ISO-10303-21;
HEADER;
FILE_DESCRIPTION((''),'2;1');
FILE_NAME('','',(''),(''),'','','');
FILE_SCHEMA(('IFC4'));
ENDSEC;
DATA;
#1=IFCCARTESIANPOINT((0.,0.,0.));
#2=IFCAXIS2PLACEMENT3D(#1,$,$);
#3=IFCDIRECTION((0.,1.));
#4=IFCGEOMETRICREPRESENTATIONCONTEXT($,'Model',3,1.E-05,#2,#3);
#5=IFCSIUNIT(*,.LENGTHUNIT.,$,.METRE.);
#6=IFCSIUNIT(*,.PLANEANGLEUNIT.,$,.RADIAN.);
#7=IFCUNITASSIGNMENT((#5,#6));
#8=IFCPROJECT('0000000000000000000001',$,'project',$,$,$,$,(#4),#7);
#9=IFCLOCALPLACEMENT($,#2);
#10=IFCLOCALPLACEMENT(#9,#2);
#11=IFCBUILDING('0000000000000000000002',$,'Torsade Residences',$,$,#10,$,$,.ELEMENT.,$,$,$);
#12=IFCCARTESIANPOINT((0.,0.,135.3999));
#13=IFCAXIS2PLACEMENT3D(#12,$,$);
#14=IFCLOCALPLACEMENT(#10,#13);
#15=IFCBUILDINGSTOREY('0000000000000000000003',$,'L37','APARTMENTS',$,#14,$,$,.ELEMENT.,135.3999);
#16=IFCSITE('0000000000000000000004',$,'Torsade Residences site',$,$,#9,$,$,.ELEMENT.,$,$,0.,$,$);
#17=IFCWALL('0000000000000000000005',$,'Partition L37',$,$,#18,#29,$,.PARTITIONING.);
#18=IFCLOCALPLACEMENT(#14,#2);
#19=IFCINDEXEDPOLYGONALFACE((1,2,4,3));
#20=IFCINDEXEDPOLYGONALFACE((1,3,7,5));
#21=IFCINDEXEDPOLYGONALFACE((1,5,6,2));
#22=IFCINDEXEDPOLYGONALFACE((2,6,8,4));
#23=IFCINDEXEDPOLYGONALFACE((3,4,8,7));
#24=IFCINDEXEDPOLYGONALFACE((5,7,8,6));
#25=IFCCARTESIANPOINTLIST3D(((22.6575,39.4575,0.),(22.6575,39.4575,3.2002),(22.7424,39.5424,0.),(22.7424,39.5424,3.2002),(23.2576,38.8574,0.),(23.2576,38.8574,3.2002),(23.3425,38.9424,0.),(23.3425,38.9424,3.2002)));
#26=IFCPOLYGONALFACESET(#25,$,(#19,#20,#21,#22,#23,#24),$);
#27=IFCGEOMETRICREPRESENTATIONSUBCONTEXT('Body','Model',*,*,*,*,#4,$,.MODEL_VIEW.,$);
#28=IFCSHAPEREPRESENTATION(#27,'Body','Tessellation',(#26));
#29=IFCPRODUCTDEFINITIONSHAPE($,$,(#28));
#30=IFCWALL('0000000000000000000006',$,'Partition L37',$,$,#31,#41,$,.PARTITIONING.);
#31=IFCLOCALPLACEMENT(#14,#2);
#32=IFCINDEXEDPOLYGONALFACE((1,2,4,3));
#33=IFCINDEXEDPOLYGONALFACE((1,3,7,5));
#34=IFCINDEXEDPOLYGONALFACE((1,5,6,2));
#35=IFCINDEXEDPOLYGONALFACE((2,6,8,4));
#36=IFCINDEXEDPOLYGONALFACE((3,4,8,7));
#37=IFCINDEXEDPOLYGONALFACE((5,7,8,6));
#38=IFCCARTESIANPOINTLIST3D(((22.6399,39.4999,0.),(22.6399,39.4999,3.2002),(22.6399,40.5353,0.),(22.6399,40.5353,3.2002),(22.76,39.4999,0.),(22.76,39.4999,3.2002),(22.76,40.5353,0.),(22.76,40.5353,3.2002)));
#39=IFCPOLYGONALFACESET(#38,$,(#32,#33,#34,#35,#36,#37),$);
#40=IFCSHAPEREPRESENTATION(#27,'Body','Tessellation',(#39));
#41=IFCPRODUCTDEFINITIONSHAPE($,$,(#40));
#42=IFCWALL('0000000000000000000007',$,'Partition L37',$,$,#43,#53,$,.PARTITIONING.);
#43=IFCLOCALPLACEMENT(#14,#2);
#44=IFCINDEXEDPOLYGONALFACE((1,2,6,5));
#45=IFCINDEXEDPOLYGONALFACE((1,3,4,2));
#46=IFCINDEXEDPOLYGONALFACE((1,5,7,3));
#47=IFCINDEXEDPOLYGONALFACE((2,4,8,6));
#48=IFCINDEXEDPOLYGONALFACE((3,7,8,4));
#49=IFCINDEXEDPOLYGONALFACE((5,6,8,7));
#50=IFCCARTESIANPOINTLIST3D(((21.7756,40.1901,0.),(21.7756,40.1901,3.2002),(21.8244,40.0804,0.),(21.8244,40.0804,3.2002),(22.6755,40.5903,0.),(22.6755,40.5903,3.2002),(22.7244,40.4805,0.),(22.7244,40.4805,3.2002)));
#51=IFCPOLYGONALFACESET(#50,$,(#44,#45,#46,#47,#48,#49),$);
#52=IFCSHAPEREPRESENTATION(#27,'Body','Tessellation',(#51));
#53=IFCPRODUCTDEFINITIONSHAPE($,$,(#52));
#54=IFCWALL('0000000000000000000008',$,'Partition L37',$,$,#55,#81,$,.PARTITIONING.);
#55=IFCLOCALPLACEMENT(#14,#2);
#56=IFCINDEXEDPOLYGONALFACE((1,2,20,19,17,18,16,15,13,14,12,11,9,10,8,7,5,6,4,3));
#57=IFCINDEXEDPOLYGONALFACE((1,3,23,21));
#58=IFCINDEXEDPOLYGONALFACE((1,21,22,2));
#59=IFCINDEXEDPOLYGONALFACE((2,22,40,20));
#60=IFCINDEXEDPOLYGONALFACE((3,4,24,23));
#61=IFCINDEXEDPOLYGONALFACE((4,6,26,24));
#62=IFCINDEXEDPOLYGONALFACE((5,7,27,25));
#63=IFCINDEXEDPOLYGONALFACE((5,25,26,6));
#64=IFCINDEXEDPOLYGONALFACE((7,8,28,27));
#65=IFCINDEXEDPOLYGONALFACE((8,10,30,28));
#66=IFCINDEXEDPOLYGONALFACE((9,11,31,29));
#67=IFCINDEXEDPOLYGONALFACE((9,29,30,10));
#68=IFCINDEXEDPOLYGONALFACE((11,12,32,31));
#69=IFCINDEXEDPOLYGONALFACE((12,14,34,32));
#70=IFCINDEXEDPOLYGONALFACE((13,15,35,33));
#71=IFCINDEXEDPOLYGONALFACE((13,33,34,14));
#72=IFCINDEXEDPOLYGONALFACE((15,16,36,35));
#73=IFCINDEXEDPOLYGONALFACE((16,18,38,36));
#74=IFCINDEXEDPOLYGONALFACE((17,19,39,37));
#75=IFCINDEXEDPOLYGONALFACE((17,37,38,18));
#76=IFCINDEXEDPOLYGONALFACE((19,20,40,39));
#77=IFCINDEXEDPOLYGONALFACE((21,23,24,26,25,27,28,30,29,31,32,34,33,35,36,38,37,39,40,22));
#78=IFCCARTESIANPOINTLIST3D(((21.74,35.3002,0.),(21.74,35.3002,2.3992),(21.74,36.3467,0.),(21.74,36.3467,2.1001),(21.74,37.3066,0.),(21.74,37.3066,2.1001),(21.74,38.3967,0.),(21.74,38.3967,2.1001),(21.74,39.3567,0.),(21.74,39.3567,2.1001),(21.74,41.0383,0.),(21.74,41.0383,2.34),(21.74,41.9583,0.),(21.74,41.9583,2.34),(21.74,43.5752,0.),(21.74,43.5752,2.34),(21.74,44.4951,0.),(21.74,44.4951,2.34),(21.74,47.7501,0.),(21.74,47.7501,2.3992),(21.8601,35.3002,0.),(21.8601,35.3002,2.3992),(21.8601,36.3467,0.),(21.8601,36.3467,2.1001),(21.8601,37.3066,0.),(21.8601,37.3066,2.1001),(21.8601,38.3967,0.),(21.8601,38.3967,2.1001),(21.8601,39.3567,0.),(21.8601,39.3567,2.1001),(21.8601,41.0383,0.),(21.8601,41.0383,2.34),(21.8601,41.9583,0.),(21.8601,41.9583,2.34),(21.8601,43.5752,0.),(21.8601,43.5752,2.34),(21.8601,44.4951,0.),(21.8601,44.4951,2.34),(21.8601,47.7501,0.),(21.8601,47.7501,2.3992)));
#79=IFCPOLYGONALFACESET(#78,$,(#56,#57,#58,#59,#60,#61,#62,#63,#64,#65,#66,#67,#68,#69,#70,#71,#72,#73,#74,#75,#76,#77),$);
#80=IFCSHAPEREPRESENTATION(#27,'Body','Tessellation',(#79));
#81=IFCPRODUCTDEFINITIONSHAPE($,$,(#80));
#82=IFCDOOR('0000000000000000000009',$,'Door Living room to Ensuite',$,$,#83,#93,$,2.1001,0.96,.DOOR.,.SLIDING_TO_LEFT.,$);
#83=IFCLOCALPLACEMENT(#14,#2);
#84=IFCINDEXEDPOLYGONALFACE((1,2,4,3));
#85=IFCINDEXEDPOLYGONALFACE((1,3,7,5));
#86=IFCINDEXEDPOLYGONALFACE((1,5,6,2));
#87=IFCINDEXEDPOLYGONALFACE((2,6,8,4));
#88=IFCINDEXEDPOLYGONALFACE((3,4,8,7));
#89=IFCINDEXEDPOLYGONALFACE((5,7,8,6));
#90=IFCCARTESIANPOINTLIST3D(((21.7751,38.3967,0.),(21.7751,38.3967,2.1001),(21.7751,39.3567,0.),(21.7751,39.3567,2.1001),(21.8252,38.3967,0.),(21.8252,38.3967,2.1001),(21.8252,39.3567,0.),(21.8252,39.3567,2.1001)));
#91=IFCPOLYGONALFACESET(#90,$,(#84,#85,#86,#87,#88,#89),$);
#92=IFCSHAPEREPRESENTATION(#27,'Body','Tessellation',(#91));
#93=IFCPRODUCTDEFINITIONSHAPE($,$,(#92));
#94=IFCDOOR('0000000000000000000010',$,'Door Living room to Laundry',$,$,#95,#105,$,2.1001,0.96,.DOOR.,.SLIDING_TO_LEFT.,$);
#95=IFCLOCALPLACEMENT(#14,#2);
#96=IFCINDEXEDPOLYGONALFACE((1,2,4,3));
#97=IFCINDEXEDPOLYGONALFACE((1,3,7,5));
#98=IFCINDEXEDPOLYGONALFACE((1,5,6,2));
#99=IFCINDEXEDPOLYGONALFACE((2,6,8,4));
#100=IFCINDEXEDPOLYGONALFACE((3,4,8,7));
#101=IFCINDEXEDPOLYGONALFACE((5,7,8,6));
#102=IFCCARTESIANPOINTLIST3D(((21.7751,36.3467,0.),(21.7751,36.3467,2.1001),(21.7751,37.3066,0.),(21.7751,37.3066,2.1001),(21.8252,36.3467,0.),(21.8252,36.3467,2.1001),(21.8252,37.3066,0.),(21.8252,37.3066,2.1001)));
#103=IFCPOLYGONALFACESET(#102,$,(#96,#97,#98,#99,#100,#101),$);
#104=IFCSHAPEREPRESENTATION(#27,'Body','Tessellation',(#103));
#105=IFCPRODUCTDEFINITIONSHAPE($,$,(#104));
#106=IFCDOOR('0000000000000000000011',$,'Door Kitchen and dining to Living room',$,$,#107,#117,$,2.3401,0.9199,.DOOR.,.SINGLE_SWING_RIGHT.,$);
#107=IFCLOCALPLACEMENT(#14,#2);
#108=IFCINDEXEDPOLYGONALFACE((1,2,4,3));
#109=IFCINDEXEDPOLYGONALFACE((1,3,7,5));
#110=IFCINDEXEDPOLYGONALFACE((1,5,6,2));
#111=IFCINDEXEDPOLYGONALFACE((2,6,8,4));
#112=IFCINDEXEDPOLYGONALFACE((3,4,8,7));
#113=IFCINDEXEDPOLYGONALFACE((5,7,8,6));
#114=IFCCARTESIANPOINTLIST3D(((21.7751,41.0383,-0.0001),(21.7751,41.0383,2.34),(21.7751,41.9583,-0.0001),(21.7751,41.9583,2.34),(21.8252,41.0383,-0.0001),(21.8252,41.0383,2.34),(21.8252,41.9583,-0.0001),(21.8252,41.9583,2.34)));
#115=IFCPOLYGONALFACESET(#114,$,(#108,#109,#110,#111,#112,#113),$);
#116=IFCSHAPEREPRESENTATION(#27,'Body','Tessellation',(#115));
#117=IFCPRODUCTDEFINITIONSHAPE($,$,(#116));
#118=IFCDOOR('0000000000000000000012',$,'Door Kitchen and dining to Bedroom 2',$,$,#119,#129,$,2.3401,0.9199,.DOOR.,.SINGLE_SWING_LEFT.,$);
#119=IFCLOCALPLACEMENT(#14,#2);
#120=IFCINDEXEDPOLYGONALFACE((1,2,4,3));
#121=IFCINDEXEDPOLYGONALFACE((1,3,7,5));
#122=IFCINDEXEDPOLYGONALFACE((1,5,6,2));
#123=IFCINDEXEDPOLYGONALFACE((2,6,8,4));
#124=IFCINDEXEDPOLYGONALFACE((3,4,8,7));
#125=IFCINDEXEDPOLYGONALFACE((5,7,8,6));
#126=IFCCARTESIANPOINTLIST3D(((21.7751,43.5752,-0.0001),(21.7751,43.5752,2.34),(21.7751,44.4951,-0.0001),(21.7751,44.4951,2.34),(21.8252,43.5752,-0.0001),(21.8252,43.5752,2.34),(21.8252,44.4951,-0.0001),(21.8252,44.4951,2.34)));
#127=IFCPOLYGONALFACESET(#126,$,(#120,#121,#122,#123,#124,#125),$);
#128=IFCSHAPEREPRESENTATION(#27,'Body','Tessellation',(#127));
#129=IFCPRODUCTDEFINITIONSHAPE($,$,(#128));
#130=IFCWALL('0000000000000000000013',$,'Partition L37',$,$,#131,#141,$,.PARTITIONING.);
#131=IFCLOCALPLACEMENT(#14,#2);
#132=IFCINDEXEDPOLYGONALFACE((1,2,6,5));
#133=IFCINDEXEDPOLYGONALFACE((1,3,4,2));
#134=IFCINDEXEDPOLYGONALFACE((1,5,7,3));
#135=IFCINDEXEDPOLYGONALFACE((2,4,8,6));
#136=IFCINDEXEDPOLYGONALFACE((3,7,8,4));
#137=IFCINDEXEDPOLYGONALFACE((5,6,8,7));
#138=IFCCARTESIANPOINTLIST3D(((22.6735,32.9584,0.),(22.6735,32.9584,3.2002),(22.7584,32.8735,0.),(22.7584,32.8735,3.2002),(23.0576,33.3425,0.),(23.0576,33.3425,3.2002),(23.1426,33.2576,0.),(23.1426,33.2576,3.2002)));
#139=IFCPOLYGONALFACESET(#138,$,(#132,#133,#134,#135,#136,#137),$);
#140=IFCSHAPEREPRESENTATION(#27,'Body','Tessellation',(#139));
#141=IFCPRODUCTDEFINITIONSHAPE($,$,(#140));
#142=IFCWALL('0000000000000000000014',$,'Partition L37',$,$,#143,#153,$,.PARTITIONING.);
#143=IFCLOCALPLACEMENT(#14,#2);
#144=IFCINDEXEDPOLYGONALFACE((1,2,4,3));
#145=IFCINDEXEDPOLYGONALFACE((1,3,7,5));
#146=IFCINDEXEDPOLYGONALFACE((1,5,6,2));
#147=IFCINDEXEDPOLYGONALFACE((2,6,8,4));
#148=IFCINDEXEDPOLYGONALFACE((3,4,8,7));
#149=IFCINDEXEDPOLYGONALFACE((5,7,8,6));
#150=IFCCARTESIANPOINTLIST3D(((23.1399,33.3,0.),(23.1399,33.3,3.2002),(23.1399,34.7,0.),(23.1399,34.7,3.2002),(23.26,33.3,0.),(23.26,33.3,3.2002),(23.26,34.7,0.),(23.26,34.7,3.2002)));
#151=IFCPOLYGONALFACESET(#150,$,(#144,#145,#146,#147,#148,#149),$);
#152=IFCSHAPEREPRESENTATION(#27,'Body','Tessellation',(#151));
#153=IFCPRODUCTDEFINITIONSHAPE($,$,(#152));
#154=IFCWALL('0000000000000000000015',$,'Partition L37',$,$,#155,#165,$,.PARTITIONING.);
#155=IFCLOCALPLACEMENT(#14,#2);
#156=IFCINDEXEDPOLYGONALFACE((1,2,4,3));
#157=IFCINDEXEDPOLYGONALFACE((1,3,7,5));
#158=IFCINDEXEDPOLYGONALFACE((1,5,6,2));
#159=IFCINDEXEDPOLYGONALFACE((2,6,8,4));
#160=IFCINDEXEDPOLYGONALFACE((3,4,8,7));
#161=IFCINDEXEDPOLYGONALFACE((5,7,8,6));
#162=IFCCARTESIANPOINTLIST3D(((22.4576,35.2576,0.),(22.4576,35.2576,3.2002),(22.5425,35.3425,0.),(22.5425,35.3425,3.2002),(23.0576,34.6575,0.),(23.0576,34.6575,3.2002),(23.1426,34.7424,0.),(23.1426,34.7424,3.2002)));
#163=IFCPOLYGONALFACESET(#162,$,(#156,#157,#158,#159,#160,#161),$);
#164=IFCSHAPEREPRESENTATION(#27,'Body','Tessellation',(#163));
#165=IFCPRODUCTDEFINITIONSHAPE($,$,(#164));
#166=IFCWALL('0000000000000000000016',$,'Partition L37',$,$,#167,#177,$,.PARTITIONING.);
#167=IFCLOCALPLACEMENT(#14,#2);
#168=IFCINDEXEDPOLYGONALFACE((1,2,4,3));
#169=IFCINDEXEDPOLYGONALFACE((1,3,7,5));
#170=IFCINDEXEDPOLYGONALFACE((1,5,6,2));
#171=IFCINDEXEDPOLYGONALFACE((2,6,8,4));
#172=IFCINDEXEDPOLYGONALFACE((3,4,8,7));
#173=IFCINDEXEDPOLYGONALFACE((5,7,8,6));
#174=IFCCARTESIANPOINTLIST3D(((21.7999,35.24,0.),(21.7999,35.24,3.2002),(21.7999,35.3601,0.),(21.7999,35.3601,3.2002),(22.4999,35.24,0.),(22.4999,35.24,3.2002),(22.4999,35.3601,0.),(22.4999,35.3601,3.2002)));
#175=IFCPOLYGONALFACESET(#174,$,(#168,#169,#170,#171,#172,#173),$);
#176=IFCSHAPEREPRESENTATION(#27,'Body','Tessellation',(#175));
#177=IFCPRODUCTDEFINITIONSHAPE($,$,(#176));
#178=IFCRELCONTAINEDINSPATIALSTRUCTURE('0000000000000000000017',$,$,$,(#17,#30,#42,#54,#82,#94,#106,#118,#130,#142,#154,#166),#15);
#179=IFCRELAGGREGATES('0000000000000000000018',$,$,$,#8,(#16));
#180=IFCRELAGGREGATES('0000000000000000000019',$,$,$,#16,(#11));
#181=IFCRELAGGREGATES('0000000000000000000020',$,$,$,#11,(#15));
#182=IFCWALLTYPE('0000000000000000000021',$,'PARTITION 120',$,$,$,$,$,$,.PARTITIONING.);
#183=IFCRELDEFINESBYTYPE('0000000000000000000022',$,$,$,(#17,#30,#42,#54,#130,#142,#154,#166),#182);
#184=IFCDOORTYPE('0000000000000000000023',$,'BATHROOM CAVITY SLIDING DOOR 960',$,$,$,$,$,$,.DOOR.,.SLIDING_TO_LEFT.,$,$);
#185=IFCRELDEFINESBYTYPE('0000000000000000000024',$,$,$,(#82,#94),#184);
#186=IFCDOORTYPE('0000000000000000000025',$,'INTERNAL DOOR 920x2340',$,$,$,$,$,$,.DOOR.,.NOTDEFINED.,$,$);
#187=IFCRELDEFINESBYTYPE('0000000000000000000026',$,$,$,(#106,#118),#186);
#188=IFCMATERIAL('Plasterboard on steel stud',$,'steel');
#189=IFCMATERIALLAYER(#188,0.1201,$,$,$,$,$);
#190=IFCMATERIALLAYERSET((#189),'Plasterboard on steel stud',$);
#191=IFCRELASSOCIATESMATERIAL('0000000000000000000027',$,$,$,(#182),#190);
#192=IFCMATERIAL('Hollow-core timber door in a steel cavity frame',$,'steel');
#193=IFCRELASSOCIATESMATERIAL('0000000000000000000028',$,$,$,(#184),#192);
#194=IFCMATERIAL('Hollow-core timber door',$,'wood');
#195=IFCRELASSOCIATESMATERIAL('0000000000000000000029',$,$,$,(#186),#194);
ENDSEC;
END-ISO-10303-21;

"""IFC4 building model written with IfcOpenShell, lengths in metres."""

from ifc_helpers import new_model, si_unit, direction, frame, frame_2d, origin, place, context, subcontext, project, spatial, rectangle, extrude, material, layer, layer_set, type_object, element, fill, save


model = new_model("IFC4")

# Units and contexts
model_context = context("Model", 3, precision=1e-05, world=origin(), true_north=direction((0.0, 1.0)))
body_context = subcontext(model_context, "Body", "Model", "MODEL_VIEW")
ifc_project = project(units=[si_unit("LENGTHUNIT", "METRE"), si_unit("PLANEANGLEUNIT", "RADIAN")], contexts=[model_context])

# Site, building, storey
site_placement = place(None, origin())
site = spatial("IfcSite", under=ifc_project, at=site_placement, Name="Torsade Residences site", CompositionType="ELEMENT", RefElevation=0.0)
building_placement = place(site_placement, origin())
building = spatial("IfcBuilding", under=site, at=building_placement, Name="Torsade Residences", CompositionType="ELEMENT")
storey_placement = place(building_placement, frame((0.0, 0.0, 135.3999)))
storey = spatial("IfcBuildingStorey", under=building, at=storey_placement, Name="L37", Description="APARTMENTS", CompositionType="ELEMENT", Elevation=135.3999)

# Walls
ifc_material_1 = material(Name="Plasterboard on steel stud", Category="steel")
ifc_layer_1 = layer(ifc_material_1, 0.1201)
ifc_layer_set_1 = layer_set([ifc_layer_1], Name="Plasterboard on steel stud")
wall_type = type_object("IfcWallType", Name="PARTITION 120", PredefinedType="PARTITIONING", material=ifc_layer_set_1)
wall_1_placement = place(storey_placement, frame((23.3, 38.8999, 0.0), z_axis=(0.0, 0.0, 1.0), x_axis=(-0.707107, 0.707107, 0.0)))
element("IfcWall", 1, at=wall_1_placement, inside=storey, type_object=wall_type, Name="Partition L37", PredefinedType="PARTITIONING", context=body_context, shape_type="SweptSolid", body=[
    extrude(rectangle(XDim=0.8486, YDim=0.1201, at=frame_2d((0.4243, 0.0))), origin(), (0.0, 0.0, 1.0), 3.2002),
])
wall_2_placement = place(storey_placement, frame((22.7, 39.5, 0.0), z_axis=(0.0, 0.0, 1.0), x_axis=(0.0, 1.0, 0.0)))
element("IfcWall", 2, at=wall_2_placement, inside=storey, type_object=wall_type, Name="Partition L37", PredefinedType="PARTITIONING", context=body_context, shape_type="SweptSolid", body=[
    extrude(rectangle(XDim=1.0354, YDim=0.1201, at=frame_2d((0.5176, 0.0))), origin(), (0.0, 0.0, 1.0), 3.2002),
])
wall_3_placement = place(storey_placement, frame((22.7, 40.5354, 0.0), z_axis=(0.0, 0.0, 1.0), x_axis=(-0.91374, -0.406299, 0.0)))
element("IfcWall", 3, at=wall_3_placement, inside=storey, type_object=wall_type, Name="Partition L37", PredefinedType="PARTITIONING", context=body_context, shape_type="SweptSolid", body=[
    extrude(rectangle(XDim=0.9849, YDim=0.1201, at=frame_2d((0.4924, 0.0))), origin(), (0.0, 0.0, 1.0), 3.2002),
])

# Wall, openings, doors
wall_4_placement = place(storey_placement, frame((21.8, 35.3, 0.0), z_axis=(0.0, 0.0, 1.0), x_axis=(0.0, 1.0, 0.0)))
wall_4 = element("IfcWall", 4, at=wall_4_placement, inside=storey, type_object=wall_type, Name="Partition L37", PredefinedType="PARTITIONING", context=body_context, shape_type="SweptSolid", body=[
    extrude(rectangle(XDim=12.45, YDim=0.1201, at=frame_2d((6.2251, 0.0))), origin(), (0.0, 0.0, 1.0), 2.3992),
])
opening_1_placement = place(wall_4_placement, frame((5.7383, 0.0, 0.0)))
opening_1 = element("IfcOpeningElement", 5, at=opening_1_placement, cuts=wall_4, PredefinedType="OPENING", context=body_context, shape_type="SweptSolid", body=[
    extrude(rectangle(XDim=0.9199, YDim=2.3401, at=frame_2d((0.46, 1.1699))), frame((0.0, 0.0701, 0.0), z_axis=(0.0, -1.0, 0.0), x_axis=(1.0, 0.0, 0.0)), (0.0, 0.0, 1.0), 0.1401),
])
opening_2_placement = place(wall_4_placement, frame((8.2751, 0.0, 0.0)))
opening_2 = element("IfcOpeningElement", 6, at=opening_2_placement, cuts=wall_4, PredefinedType="OPENING", context=body_context, shape_type="SweptSolid", body=[
    extrude(rectangle(XDim=0.9199, YDim=2.3401, at=frame_2d((0.46, 1.1699))), frame((0.0, 0.0701, 0.0), z_axis=(0.0, -1.0, 0.0), x_axis=(1.0, 0.0, 0.0)), (0.0, 0.0, 1.0), 0.1401),
])
opening_3_placement = place(wall_4_placement, frame((3.0967, 0.0, 0.0)))
opening_3 = element("IfcOpeningElement", 7, at=opening_3_placement, cuts=wall_4, PredefinedType="OPENING", context=body_context, shape_type="SweptSolid", body=[
    extrude(rectangle(XDim=0.96, YDim=2.1001, at=frame_2d((0.48, 1.05))), frame((0.0, 0.0701, 0.0), z_axis=(0.0, -1.0, 0.0), x_axis=(1.0, 0.0, 0.0)), (0.0, 0.0, 1.0), 0.1401),
])
opening_4_placement = place(wall_4_placement, frame((1.0466, 0.0, 0.0)))
opening_4 = element("IfcOpeningElement", 8, at=opening_4_placement, cuts=wall_4, PredefinedType="OPENING", context=body_context, shape_type="SweptSolid", body=[
    extrude(rectangle(XDim=0.96, YDim=2.1001, at=frame_2d((0.48, 1.05))), frame((0.0, 0.0701, 0.0), z_axis=(0.0, -1.0, 0.0), x_axis=(1.0, 0.0, 0.0)), (0.0, 0.0, 1.0), 0.1401),
])
ifc_material_2 = material(Name="Hollow-core timber door in a steel cavity frame", Category="steel")
door_type_1 = type_object("IfcDoorType", Name="BATHROOM CAVITY SLIDING DOOR 960", OperationType="SLIDING_TO_LEFT", PredefinedType="DOOR", material=ifc_material_2)
door_1_placement = place(opening_3_placement, origin())
door_1 = element("IfcDoor", 9, at=door_1_placement, inside=storey, type_object=door_type_1, Name="Door Living room to Ensuite", OperationType="SLIDING_TO_LEFT", OverallHeight=2.1001, OverallWidth=0.96, PredefinedType="DOOR", context=body_context, shape_type="SweptSolid", body=[
    extrude(rectangle(XDim=0.96, YDim=2.1001, at=frame_2d((0.48, 1.05))), frame((0.0, 0.0249, 0.0), z_axis=(0.0, -1.0, 0.0), x_axis=(1.0, 0.0, 0.0)), (0.0, 0.0, 1.0), 0.05),
])
fill(opening_3, door_1)
door_2_placement = place(opening_4_placement, origin())
door_2 = element("IfcDoor", 10, at=door_2_placement, inside=storey, type_object=door_type_1, Name="Door Living room to Laundry", OperationType="SLIDING_TO_LEFT", OverallHeight=2.1001, OverallWidth=0.96, PredefinedType="DOOR", context=body_context, shape_type="SweptSolid", body=[
    extrude(rectangle(XDim=0.96, YDim=2.1001, at=frame_2d((0.48, 1.05))), frame((0.0, 0.0249, 0.0), z_axis=(0.0, -1.0, 0.0), x_axis=(1.0, 0.0, 0.0)), (0.0, 0.0, 1.0), 0.05),
])
fill(opening_4, door_2)
ifc_material_3 = material(Name="Hollow-core timber door", Category="wood")
door_type_2 = type_object("IfcDoorType", Name="INTERNAL DOOR 920x2340", OperationType="NOTDEFINED", PredefinedType="DOOR", material=ifc_material_3)
door_3_placement = place(opening_1_placement, origin())
door_3 = element("IfcDoor", 11, at=door_3_placement, inside=storey, type_object=door_type_2, Name="Door Kitchen and dining to Living room", OperationType="SINGLE_SWING_RIGHT", OverallHeight=2.3401, OverallWidth=0.9199, PredefinedType="DOOR", context=body_context, shape_type="SweptSolid", body=[
    extrude(rectangle(XDim=0.9199, YDim=2.3401, at=frame_2d((0.46, 1.1699))), frame((0.0, 0.0249, 0.0), z_axis=(0.0, -1.0, 0.0), x_axis=(1.0, 0.0, 0.0)), (0.0, 0.0, 1.0), 0.05),
])
fill(opening_1, door_3)
door_4_placement = place(opening_2_placement, origin())
door_4 = element("IfcDoor", 12, at=door_4_placement, inside=storey, type_object=door_type_2, Name="Door Kitchen and dining to Bedroom 2", OperationType="SINGLE_SWING_LEFT", OverallHeight=2.3401, OverallWidth=0.9199, PredefinedType="DOOR", context=body_context, shape_type="SweptSolid", body=[
    extrude(rectangle(XDim=0.9199, YDim=2.3401, at=frame_2d((0.46, 1.1699))), frame((0.0, 0.0249, 0.0), z_axis=(0.0, -1.0, 0.0), x_axis=(1.0, 0.0, 0.0)), (0.0, 0.0, 1.0), 0.05),
])
fill(opening_2, door_4)

# Walls
wall_5_placement = place(storey_placement, frame((22.7161, 32.916, 0.0), z_axis=(0.0, 0.0, 1.0), x_axis=(0.707107, 0.707107, 0.0)))
element("IfcWall", 13, at=wall_5_placement, inside=storey, type_object=wall_type, Name="Partition L37", PredefinedType="PARTITIONING", context=body_context, shape_type="SweptSolid", body=[
    extrude(rectangle(XDim=0.5432, YDim=0.1201, at=frame_2d((0.2715, 0.0))), origin(), (0.0, 0.0, 1.0), 3.2002),
])
wall_6_placement = place(storey_placement, frame((23.2, 33.3, 0.0), z_axis=(0.0, 0.0, 1.0), x_axis=(0.0, 1.0, 0.0)))
element("IfcWall", 14, at=wall_6_placement, inside=storey, type_object=wall_type, Name="Partition L37", PredefinedType="PARTITIONING", context=body_context, shape_type="SweptSolid", body=[
    extrude(rectangle(XDim=1.3999, YDim=0.1201, at=frame_2d((0.7, 0.0))), origin(), (0.0, 0.0, 1.0), 3.2002),
])
wall_7_placement = place(storey_placement, frame((23.1001, 34.7, 0.0), z_axis=(0.0, 0.0, 1.0), x_axis=(-0.707107, 0.707107, 0.0)))
element("IfcWall", 15, at=wall_7_placement, inside=storey, type_object=wall_type, Name="Partition L37", PredefinedType="PARTITIONING", context=body_context, shape_type="SweptSolid", body=[
    extrude(rectangle(XDim=0.8486, YDim=0.1201, at=frame_2d((0.4243, 0.0))), origin(), (0.0, 0.0, 1.0), 3.2002),
])
wall_8_placement = place(storey_placement, frame((22.5, 35.3, 0.0), z_axis=(0.0, 0.0, 1.0), x_axis=(-1.0, 0.0, 0.0)))
element("IfcWall", 16, at=wall_8_placement, inside=storey, type_object=wall_type, Name="Partition L37", PredefinedType="PARTITIONING", context=body_context, shape_type="SweptSolid", body=[
    extrude(rectangle(XDim=0.7, YDim=0.1201, at=frame_2d((0.3501, 0.0))), origin(), (0.0, 0.0, 1.0), 3.2002),
])

save(model, "model.ifc")
